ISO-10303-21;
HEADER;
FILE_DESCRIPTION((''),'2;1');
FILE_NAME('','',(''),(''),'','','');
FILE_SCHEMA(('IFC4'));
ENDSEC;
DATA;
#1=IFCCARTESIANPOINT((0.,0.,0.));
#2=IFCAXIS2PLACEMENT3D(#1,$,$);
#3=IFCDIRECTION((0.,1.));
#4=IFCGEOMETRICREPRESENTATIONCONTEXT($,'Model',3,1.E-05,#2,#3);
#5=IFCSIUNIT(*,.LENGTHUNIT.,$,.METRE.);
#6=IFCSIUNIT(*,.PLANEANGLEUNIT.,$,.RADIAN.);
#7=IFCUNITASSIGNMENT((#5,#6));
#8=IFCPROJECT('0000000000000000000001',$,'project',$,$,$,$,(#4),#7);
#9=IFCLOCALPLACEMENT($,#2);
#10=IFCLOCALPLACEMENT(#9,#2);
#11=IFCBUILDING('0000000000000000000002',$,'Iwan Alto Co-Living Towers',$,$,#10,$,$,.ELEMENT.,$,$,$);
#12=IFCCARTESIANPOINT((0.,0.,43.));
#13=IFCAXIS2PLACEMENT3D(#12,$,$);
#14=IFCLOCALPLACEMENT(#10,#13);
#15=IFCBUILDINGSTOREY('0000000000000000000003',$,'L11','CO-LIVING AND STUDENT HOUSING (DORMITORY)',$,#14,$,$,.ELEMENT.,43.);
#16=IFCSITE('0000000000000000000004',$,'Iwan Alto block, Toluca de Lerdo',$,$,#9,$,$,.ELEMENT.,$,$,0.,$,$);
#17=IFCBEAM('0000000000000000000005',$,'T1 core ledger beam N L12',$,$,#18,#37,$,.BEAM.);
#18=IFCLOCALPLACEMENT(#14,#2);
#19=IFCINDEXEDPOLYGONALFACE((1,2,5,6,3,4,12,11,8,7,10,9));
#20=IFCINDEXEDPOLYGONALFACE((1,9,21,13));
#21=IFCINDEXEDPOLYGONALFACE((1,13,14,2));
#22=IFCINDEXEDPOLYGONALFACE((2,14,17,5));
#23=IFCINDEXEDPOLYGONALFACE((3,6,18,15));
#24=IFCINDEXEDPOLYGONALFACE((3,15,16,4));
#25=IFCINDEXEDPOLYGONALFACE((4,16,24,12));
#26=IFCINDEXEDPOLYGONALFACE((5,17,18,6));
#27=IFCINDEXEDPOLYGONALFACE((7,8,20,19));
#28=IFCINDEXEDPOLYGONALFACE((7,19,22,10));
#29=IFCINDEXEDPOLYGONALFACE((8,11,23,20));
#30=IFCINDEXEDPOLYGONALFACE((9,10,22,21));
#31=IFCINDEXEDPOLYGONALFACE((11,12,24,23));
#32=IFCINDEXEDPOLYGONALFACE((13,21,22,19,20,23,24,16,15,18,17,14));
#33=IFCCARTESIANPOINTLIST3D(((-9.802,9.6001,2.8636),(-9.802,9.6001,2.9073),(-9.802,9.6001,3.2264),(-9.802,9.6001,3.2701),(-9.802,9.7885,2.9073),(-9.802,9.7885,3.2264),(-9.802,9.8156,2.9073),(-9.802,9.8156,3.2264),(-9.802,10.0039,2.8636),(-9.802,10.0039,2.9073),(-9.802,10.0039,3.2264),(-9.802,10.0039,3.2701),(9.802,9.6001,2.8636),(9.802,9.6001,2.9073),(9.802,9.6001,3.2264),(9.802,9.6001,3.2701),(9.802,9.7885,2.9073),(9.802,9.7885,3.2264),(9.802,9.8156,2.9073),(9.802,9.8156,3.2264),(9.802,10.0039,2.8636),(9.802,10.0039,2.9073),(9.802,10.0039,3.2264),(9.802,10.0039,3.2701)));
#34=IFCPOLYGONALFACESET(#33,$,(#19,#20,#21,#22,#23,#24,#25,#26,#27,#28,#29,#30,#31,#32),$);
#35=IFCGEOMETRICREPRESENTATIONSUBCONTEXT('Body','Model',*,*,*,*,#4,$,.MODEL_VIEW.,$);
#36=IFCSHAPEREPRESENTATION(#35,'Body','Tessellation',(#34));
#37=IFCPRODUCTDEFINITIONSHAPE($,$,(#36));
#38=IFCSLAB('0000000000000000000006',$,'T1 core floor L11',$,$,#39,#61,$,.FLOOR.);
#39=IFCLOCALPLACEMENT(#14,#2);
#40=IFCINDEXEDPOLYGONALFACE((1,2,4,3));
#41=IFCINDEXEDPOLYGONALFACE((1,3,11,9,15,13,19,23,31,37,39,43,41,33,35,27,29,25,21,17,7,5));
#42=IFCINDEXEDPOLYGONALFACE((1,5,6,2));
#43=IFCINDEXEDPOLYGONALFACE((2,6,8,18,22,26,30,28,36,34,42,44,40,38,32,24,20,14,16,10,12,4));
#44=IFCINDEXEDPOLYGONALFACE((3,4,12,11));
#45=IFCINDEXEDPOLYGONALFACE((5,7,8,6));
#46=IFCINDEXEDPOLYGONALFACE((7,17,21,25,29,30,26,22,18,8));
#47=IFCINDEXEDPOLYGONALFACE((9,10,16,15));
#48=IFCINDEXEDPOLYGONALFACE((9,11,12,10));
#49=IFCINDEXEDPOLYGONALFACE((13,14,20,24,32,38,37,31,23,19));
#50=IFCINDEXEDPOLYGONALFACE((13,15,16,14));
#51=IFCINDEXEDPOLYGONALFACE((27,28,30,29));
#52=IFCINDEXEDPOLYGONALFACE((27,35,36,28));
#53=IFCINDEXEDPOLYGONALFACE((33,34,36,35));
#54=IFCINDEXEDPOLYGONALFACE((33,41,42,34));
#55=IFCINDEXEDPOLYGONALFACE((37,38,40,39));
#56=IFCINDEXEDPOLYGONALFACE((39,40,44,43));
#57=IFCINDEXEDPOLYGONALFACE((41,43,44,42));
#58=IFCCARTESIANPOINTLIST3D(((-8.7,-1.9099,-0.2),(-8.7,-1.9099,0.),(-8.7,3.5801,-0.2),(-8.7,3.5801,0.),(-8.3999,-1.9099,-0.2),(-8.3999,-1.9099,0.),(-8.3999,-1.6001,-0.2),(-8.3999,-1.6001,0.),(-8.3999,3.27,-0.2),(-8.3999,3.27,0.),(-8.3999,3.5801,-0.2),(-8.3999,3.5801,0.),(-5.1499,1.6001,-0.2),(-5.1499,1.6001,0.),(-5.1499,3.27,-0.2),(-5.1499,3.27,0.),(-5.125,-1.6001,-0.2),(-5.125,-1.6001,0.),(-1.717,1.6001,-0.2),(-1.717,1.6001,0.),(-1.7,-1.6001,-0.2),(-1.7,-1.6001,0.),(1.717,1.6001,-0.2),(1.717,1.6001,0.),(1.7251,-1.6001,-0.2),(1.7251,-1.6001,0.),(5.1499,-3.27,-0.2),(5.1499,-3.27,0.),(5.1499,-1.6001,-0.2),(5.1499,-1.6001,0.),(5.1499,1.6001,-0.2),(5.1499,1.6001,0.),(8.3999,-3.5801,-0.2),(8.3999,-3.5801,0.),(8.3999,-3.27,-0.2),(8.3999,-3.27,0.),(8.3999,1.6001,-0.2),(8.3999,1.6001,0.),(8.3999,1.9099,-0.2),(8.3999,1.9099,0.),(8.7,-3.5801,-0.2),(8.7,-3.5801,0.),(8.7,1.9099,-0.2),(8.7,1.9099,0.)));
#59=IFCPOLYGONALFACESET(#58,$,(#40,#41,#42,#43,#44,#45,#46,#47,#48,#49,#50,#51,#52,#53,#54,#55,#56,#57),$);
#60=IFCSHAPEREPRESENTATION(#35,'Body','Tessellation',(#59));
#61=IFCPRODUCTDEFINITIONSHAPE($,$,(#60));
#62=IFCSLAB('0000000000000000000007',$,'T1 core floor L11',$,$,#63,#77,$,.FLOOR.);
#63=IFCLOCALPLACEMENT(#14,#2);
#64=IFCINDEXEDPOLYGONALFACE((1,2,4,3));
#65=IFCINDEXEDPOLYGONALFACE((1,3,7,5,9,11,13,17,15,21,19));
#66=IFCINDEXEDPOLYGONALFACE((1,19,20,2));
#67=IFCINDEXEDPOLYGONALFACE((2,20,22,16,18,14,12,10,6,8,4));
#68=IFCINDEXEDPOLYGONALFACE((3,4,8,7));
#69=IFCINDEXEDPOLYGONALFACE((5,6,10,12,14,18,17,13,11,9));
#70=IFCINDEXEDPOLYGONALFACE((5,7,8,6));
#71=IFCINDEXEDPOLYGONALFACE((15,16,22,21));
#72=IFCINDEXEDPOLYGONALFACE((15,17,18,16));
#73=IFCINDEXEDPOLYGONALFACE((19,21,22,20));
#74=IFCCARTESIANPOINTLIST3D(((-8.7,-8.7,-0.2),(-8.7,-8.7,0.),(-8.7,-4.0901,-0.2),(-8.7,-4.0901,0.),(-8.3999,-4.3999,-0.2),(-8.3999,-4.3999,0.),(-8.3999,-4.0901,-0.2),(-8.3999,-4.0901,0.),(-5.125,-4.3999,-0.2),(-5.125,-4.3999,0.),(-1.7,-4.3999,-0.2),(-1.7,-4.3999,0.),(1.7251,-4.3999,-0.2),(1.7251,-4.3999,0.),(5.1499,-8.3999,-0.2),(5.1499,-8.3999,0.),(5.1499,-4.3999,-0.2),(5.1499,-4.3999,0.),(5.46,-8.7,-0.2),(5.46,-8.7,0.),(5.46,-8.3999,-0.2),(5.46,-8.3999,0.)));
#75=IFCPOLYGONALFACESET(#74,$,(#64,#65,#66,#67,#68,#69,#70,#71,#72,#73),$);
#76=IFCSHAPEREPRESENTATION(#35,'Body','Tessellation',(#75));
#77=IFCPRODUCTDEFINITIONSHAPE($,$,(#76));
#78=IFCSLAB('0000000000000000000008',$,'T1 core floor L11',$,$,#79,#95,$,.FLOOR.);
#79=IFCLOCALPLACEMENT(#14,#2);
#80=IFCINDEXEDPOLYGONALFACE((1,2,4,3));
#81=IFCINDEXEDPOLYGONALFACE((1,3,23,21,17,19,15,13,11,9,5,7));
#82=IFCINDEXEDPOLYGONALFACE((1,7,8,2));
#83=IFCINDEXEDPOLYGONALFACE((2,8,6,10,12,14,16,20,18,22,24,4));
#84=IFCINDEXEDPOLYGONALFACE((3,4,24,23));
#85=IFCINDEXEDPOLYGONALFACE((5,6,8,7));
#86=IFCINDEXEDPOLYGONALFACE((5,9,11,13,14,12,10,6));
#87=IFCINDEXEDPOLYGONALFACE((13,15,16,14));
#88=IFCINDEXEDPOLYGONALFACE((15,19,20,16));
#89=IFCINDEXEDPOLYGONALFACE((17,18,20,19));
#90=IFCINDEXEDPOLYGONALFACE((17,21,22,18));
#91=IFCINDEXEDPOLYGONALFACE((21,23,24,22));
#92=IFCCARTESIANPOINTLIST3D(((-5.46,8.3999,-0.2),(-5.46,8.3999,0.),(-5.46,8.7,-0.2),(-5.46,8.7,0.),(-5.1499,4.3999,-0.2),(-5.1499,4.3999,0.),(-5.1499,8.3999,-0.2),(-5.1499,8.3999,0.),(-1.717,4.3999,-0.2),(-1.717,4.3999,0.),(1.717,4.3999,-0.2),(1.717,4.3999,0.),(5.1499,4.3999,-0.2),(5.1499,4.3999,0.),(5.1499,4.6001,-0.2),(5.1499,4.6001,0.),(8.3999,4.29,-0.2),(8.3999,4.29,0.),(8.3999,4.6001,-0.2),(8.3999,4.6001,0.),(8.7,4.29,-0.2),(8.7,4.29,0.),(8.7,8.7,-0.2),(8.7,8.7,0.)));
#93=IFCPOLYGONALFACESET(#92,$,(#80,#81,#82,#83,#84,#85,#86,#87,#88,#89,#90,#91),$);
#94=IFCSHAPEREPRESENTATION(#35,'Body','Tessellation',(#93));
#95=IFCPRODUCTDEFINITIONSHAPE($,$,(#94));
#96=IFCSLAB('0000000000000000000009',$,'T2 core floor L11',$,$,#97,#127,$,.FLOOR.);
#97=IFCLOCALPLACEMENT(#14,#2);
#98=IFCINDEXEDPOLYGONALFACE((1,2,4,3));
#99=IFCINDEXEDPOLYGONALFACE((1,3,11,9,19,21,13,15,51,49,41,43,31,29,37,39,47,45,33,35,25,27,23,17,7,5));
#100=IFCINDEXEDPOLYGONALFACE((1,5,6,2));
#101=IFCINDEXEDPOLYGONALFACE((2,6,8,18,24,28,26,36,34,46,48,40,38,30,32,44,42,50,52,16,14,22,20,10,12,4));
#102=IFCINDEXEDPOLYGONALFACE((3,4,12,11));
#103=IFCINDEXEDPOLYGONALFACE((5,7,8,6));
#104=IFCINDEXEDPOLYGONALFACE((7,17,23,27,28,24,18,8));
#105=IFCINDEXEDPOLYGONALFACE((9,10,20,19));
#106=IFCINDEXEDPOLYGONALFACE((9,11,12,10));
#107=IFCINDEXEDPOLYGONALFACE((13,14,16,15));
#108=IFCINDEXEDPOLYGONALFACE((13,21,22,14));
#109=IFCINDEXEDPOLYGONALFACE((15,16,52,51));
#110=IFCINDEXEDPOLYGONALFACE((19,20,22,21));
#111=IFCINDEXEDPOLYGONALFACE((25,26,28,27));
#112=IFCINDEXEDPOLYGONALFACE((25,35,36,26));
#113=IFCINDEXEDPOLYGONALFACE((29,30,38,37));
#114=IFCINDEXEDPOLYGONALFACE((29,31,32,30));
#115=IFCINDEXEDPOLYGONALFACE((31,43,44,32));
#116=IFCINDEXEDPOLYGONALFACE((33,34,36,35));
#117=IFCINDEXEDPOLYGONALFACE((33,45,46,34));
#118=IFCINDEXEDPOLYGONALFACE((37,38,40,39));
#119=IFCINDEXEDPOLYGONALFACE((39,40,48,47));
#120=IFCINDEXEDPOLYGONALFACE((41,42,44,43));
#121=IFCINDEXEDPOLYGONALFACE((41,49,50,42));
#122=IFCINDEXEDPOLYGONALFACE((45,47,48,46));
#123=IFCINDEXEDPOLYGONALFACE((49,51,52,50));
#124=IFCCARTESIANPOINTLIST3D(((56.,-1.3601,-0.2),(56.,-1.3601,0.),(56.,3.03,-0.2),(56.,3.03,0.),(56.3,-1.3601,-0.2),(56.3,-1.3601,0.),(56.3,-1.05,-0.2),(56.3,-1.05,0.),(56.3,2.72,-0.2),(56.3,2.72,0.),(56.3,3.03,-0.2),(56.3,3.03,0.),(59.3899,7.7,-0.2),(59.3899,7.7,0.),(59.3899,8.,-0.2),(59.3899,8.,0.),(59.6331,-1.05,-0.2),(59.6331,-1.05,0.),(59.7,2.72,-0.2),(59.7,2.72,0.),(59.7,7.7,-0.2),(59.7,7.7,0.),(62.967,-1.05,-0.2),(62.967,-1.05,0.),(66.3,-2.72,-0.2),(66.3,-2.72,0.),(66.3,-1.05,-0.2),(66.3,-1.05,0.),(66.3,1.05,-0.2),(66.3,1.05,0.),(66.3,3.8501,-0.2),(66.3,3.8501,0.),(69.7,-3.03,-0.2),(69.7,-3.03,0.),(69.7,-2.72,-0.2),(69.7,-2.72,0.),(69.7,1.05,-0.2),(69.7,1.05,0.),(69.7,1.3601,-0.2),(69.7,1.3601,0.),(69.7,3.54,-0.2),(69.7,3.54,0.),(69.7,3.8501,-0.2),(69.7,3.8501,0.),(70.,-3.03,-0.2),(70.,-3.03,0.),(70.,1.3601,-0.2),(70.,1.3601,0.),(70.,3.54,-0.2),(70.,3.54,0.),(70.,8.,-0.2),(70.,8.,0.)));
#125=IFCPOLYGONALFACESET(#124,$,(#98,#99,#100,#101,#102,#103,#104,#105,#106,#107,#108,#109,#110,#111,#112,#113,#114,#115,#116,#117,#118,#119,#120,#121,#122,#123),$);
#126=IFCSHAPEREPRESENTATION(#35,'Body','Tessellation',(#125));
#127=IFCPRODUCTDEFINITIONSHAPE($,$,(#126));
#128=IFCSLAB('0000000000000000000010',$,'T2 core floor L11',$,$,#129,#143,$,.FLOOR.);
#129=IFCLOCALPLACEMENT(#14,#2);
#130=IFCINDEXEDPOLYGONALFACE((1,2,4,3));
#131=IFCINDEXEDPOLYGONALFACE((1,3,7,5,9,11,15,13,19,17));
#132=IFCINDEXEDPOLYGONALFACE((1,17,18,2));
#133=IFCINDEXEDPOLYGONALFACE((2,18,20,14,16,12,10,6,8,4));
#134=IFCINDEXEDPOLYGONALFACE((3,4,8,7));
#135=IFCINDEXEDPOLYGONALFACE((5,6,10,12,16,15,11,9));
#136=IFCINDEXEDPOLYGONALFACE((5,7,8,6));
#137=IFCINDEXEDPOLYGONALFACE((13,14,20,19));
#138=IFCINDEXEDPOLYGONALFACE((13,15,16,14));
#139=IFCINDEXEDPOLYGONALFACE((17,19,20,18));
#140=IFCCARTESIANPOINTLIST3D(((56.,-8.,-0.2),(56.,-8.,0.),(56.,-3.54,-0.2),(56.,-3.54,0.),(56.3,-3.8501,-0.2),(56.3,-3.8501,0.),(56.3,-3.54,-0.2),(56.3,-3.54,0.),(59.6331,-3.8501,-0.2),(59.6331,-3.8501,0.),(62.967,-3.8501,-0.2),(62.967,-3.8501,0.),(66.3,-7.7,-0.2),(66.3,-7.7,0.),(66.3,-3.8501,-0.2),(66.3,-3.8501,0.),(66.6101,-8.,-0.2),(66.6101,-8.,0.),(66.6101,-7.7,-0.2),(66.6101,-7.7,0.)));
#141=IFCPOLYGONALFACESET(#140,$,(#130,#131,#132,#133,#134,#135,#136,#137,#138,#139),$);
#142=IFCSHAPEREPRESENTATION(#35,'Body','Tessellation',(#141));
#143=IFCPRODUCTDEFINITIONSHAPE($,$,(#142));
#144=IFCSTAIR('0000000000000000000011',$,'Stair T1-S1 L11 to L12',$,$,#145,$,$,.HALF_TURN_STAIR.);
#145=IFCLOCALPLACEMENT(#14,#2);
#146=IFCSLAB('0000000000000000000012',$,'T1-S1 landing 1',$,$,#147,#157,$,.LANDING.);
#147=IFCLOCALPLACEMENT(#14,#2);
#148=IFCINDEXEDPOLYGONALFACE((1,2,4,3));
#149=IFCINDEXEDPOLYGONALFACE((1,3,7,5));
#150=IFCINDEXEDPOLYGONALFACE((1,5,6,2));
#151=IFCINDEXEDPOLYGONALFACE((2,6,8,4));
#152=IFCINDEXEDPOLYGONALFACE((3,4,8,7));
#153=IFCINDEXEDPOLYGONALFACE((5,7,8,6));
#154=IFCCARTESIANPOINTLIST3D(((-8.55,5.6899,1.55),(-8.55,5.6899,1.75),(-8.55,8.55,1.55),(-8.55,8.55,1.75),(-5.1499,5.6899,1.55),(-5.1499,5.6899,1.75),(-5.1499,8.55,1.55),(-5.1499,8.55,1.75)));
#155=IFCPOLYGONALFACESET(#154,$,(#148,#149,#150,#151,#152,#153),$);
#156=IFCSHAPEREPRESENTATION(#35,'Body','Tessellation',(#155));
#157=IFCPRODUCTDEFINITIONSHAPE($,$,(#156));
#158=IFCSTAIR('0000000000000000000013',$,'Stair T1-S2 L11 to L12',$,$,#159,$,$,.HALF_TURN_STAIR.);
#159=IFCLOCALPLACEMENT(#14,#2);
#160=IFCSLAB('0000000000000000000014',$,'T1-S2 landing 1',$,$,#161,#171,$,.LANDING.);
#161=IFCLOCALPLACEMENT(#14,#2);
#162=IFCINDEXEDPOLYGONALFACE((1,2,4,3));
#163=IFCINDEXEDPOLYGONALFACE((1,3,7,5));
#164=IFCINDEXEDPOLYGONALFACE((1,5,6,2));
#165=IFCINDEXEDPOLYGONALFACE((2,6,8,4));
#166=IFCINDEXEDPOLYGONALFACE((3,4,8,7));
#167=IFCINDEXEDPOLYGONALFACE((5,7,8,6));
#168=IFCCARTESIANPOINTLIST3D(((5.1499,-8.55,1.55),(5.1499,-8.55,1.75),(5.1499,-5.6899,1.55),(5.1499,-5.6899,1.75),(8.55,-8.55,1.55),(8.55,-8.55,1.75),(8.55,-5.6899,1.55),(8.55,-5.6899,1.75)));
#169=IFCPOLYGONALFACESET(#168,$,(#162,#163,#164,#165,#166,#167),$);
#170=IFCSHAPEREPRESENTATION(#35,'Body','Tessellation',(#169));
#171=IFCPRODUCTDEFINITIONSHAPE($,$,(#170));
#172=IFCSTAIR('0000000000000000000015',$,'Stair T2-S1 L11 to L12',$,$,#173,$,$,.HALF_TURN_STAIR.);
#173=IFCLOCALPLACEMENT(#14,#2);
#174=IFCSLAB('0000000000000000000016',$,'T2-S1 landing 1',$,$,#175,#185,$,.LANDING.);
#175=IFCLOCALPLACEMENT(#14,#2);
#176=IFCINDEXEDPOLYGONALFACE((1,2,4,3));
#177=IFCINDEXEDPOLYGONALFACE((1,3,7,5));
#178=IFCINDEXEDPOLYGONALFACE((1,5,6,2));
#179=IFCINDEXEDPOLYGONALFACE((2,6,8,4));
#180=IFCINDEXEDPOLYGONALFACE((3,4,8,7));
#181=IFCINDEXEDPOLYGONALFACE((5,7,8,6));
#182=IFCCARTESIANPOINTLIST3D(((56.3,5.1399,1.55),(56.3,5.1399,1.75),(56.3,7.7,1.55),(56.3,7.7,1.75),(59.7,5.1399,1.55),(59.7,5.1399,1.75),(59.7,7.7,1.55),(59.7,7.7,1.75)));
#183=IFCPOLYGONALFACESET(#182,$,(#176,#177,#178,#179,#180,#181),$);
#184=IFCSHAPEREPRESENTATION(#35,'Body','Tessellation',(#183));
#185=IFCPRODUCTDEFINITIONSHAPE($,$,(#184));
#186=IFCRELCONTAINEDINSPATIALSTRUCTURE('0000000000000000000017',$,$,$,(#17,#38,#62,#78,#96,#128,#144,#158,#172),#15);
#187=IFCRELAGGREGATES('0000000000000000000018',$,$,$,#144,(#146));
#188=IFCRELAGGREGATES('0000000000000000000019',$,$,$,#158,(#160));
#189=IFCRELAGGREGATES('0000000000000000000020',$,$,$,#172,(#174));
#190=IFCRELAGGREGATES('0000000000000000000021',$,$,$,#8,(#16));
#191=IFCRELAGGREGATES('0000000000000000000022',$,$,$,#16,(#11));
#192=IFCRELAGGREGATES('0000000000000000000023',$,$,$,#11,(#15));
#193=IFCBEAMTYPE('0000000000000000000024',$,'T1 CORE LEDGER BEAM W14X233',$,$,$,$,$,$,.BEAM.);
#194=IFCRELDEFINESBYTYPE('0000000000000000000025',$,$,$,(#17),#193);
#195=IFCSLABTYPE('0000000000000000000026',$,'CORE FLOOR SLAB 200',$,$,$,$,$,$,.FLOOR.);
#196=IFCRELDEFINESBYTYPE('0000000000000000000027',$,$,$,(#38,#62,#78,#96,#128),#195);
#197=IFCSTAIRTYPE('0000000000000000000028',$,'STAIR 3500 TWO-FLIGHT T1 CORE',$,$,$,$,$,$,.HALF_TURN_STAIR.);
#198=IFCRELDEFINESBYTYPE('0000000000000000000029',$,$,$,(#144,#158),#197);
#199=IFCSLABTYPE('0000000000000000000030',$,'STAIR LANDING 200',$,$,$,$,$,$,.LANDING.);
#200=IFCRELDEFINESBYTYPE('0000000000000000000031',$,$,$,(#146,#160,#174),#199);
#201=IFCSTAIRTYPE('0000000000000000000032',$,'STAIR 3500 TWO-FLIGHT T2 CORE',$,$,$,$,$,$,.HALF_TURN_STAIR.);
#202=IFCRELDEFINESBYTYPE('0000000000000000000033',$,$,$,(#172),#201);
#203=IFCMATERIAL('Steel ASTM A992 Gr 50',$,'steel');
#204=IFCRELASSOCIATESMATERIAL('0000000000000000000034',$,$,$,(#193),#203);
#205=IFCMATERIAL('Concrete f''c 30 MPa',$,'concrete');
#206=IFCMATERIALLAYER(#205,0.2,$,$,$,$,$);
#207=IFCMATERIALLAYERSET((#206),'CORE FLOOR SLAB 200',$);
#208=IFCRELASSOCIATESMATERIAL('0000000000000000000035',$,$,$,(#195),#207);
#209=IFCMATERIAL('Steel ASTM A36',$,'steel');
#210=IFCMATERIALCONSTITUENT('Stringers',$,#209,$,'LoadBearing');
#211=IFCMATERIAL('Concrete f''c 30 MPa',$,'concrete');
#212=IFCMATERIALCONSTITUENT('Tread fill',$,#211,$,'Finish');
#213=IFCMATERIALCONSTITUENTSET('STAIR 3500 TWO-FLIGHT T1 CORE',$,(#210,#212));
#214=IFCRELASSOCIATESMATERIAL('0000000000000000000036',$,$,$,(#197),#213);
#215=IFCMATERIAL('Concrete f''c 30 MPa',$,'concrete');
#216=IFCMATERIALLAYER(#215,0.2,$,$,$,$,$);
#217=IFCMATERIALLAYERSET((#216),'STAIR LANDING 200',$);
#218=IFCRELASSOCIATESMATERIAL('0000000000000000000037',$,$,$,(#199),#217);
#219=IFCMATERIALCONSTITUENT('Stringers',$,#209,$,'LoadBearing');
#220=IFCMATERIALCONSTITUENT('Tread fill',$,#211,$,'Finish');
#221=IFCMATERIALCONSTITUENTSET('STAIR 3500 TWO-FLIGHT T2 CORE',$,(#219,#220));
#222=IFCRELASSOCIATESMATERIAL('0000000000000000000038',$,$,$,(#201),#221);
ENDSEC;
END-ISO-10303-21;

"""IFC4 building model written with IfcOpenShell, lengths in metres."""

from ifc_helpers import new_model, si_unit, direction, frame, origin, origin_2d, place, context, subcontext, project, spatial, polyline, i_section, outline, extrude, material, layer, layer_set, constituent, constituent_set, material_profile, profile_set, type_object, element, aggregate, save


model = new_model("IFC4")

# Units and contexts
model_context = context("Model", 3, precision=1e-05, world=origin(), true_north=direction((0.0, 1.0)))
body_context = subcontext(model_context, "Body", "Model", "MODEL_VIEW")
ifc_project = project(units=[si_unit("LENGTHUNIT", "METRE"), si_unit("PLANEANGLEUNIT", "RADIAN")], contexts=[model_context])

# Site, building, storey
site_placement = place(None, origin())
site = spatial("IfcSite", under=ifc_project, at=site_placement, Name="Iwan Alto block, Toluca de Lerdo", CompositionType="ELEMENT", RefElevation=0.0)
building_placement = place(site_placement, origin())
building = spatial("IfcBuilding", under=site, at=building_placement, Name="Iwan Alto Co-Living Towers", CompositionType="ELEMENT")
storey_placement = place(building_placement, frame((0.0, 0.0, 43.0)))
storey = spatial("IfcBuildingStorey", under=building, at=storey_placement, Name="L11", Description="CO-LIVING AND STUDENT HOUSING (DORMITORY)", CompositionType="ELEMENT", Elevation=43.0)

# Beam
ifc_material_1 = material(Name="Steel ASTM A992 Gr 50", Category="steel")
ifc_material_profile = material_profile(ifc_material_1, i_section(OverallWidth=0.4038, OverallDepth=0.4065, WebThickness=0.0271, FlangeThickness=0.0437, at=origin_2d()), Name="W14X233")
ifc_profile_set = profile_set([ifc_material_profile], Name="Steel ASTM A992 Gr 50")
beam_type = type_object("IfcBeamType", Name="T1 CORE LEDGER BEAM W14X233", PredefinedType="BEAM", material=ifc_profile_set)
beam_placement = place(storey_placement, frame((9.802, 9.802, 3.0669), z_axis=(-1.0, 0.0, 0.0), x_axis=(0.0, -1.0, 0.0)))
element("IfcBeam", 1, at=beam_placement, inside=storey, type_object=beam_type, Name="T1 core ledger beam N L12", PredefinedType="BEAM", context=body_context, shape_type="SweptSolid", body=[
    extrude(i_section(OverallWidth=0.4038, OverallDepth=0.4065, WebThickness=0.0271, FlangeThickness=0.0437, at=origin_2d()), origin(), (0.0, 0.0, 1.0), 19.604),
])

# Slabs
ifc_material_2 = material(Name="Concrete f'c 30 MPa", Category="concrete")
ifc_layer_1 = layer(ifc_material_2, 0.2)
ifc_layer_set_1 = layer_set([ifc_layer_1], Name="CORE FLOOR SLAB 200")
slab_type_1 = type_object("IfcSlabType", Name="CORE FLOOR SLAB 200", PredefinedType="FLOOR", material=ifc_layer_set_1)
slab_1_placement = place(storey_placement, frame((0.0, 0.0, -0.2)))
element("IfcSlab", 2, at=slab_1_placement, inside=storey, type_object=slab_type_1, Name="T1 core floor L11", PredefinedType="FLOOR", context=body_context, shape_type="SweptSolid", body=[
    extrude(outline(polyline([(8.7, -3.5801), (8.3999, -3.5801), (8.3999, -3.27), (5.1499, -3.27), (5.1499, -1.6001), (1.7251, -1.6001), (-1.7, -1.6001), (-5.125, -1.6001), (-8.3999, -1.6001), (-8.3999, -1.9099), (-8.7, -1.9099), (-8.7, 3.5801), (-8.3999, 3.5801), (-8.3999, 3.27), (-5.1499, 3.27), (-5.1499, 1.6001), (-1.717, 1.6001), (1.717, 1.6001), (5.1499, 1.6001), (8.3999, 1.6001), (8.3999, 1.9099), (8.7, 1.9099), (8.7, -3.5801)])), origin(), (0.0, 0.0, 1.0), 0.2),
])
slab_2_placement = place(storey_placement, frame((0.0, 0.0, -0.2)))
element("IfcSlab", 3, at=slab_2_placement, inside=storey, type_object=slab_type_1, Name="T1 core floor L11", PredefinedType="FLOOR", context=body_context, shape_type="SweptSolid", body=[
    extrude(outline(polyline([(-1.7, -4.3999), (1.7251, -4.3999), (5.1499, -4.3999), (5.1499, -8.3999), (5.46, -8.3999), (5.46, -8.7), (-8.7, -8.7), (-8.7, -4.0901), (-8.3999, -4.0901), (-8.3999, -4.3999), (-5.125, -4.3999), (-1.7, -4.3999)])), origin(), (0.0, 0.0, 1.0), 0.2),
])
slab_3_placement = place(storey_placement, frame((0.0, 0.0, -0.2)))
element("IfcSlab", 4, at=slab_3_placement, inside=storey, type_object=slab_type_1, Name="T1 core floor L11", PredefinedType="FLOOR", context=body_context, shape_type="SweptSolid", body=[
    extrude(outline(polyline([(1.717, 4.3999), (-1.717, 4.3999), (-5.1499, 4.3999), (-5.1499, 8.3999), (-5.46, 8.3999), (-5.46, 8.7), (8.7, 8.7), (8.7, 4.29), (8.3999, 4.29), (8.3999, 4.6001), (5.1499, 4.6001), (5.1499, 4.3999), (1.717, 4.3999)])), origin(), (0.0, 0.0, 1.0), 0.2),
])
slab_4_placement = place(storey_placement, frame((0.0, 0.0, -0.2)))
element("IfcSlab", 5, at=slab_4_placement, inside=storey, type_object=slab_type_1, Name="T2 core floor L11", PredefinedType="FLOOR", context=body_context, shape_type="SweptSolid", body=[
    extrude(outline(polyline([(70.0, -3.03), (69.7, -3.03), (69.7, -2.72), (66.3, -2.72), (66.3, -1.05), (62.967, -1.05), (59.6331, -1.05), (56.3, -1.05), (56.3, -1.3601), (56.0, -1.3601), (56.0, 3.03), (56.3, 3.03), (56.3, 2.72), (59.7, 2.72), (59.7, 7.7), (59.3899, 7.7), (59.3899, 8.0), (70.0, 8.0), (70.0, 3.54), (69.7, 3.54), (69.7, 3.8501), (66.3, 3.8501), (66.3, 1.05), (69.7, 1.05), (69.7, 1.3601), (70.0, 1.3601), (70.0, -3.03)])), origin(), (0.0, 0.0, 1.0), 0.2),
])
slab_5_placement = place(storey_placement, frame((0.0, 0.0, -0.2)))
element("IfcSlab", 6, at=slab_5_placement, inside=storey, type_object=slab_type_1, Name="T2 core floor L11", PredefinedType="FLOOR", context=body_context, shape_type="SweptSolid", body=[
    extrude(outline(polyline([(62.967, -3.8501), (66.3, -3.8501), (66.3, -7.7), (66.6101, -7.7), (66.6101, -8.0), (56.0, -8.0), (56.0, -3.54), (56.3, -3.54), (56.3, -3.8501), (59.6331, -3.8501), (62.967, -3.8501)])), origin(), (0.0, 0.0, 1.0), 0.2),
])

# Stairs, slabs
ifc_material_3 = material(Name="Steel ASTM A36", Category="steel")
ifc_constituent_1 = constituent(ifc_material_3, Name="Stringers", Category="LoadBearing")
ifc_material_4 = material(Name="Concrete f'c 30 MPa", Category="concrete")
ifc_constituent_2 = constituent(ifc_material_4, Name="Tread fill", Category="Finish")
ifc_constituent_set_1 = constituent_set(constituents=[ifc_constituent_1, ifc_constituent_2], Name="STAIR 3500 TWO-FLIGHT T1 CORE")
stair_type_1 = type_object("IfcStairType", Name="STAIR 3500 TWO-FLIGHT T1 CORE", PredefinedType="HALF_TURN_STAIR", material=ifc_constituent_set_1)
stair_1_placement = place(storey_placement, origin())
stair_1 = element("IfcStair", 7, at=stair_1_placement, inside=storey, type_object=stair_type_1, Name="Stair T1-S1 L11 to L12", PredefinedType="HALF_TURN_STAIR")
ifc_material_5 = material(Name="Concrete f'c 30 MPa", Category="concrete")
ifc_layer_2 = layer(ifc_material_5, 0.2)
ifc_layer_set_2 = layer_set([ifc_layer_2], Name="STAIR LANDING 200")
slab_type_2 = type_object("IfcSlabType", Name="STAIR LANDING 200", PredefinedType="LANDING", material=ifc_layer_set_2)
slab_6_placement = place(storey_placement, frame((0.0, 0.0, 1.55)))
slab_6 = element("IfcSlab", 8, at=slab_6_placement, type_object=slab_type_2, Name="T1-S1 landing 1", PredefinedType="LANDING", context=body_context, shape_type="SweptSolid", body=[
    extrude(outline(polyline([(-8.55, 5.6899), (-8.55, 8.55), (-5.1499, 8.55), (-5.1499, 5.6899), (-8.55, 5.6899)])), origin(), (0.0, 0.0, 1.0), 0.2),
])
aggregate(stair_1, [slab_6])
stair_2_placement = place(storey_placement, origin())
stair_2 = element("IfcStair", 9, at=stair_2_placement, inside=storey, type_object=stair_type_1, Name="Stair T1-S2 L11 to L12", PredefinedType="HALF_TURN_STAIR")
slab_7_placement = place(storey_placement, frame((0.0, 0.0, 1.55)))
slab_7 = element("IfcSlab", 10, at=slab_7_placement, type_object=slab_type_2, Name="T1-S2 landing 1", PredefinedType="LANDING", context=body_context, shape_type="SweptSolid", body=[
    extrude(outline(polyline([(5.1499, -5.6899), (5.1499, -8.55), (8.55, -8.55), (8.55, -5.6899), (5.1499, -5.6899)])), origin(), (0.0, 0.0, 1.0), 0.2),
])
aggregate(stair_2, [slab_7])
ifc_constituent_3 = constituent(ifc_material_3, Name="Stringers", Category="LoadBearing")
ifc_constituent_4 = constituent(ifc_material_4, Name="Tread fill", Category="Finish")
ifc_constituent_set_2 = constituent_set(constituents=[ifc_constituent_3, ifc_constituent_4], Name="STAIR 3500 TWO-FLIGHT T2 CORE")
stair_type_2 = type_object("IfcStairType", Name="STAIR 3500 TWO-FLIGHT T2 CORE", PredefinedType="HALF_TURN_STAIR", material=ifc_constituent_set_2)
stair_3_placement = place(storey_placement, origin())
stair_3 = element("IfcStair", 11, at=stair_3_placement, inside=storey, type_object=stair_type_2, Name="Stair T2-S1 L11 to L12", PredefinedType="HALF_TURN_STAIR")
slab_8_placement = place(storey_placement, frame((0.0, 0.0, 1.55)))
slab_8 = element("IfcSlab", 12, at=slab_8_placement, type_object=slab_type_2, Name="T2-S1 landing 1", PredefinedType="LANDING", context=body_context, shape_type="SweptSolid", body=[
    extrude(outline(polyline([(56.3, 5.1399), (56.3, 7.7), (59.7, 7.7), (59.7, 5.1399), (56.3, 5.1399)])), origin(), (0.0, 0.0, 1.0), 0.2),
])
aggregate(stair_3, [slab_8])

save(model, "model.ifc")
